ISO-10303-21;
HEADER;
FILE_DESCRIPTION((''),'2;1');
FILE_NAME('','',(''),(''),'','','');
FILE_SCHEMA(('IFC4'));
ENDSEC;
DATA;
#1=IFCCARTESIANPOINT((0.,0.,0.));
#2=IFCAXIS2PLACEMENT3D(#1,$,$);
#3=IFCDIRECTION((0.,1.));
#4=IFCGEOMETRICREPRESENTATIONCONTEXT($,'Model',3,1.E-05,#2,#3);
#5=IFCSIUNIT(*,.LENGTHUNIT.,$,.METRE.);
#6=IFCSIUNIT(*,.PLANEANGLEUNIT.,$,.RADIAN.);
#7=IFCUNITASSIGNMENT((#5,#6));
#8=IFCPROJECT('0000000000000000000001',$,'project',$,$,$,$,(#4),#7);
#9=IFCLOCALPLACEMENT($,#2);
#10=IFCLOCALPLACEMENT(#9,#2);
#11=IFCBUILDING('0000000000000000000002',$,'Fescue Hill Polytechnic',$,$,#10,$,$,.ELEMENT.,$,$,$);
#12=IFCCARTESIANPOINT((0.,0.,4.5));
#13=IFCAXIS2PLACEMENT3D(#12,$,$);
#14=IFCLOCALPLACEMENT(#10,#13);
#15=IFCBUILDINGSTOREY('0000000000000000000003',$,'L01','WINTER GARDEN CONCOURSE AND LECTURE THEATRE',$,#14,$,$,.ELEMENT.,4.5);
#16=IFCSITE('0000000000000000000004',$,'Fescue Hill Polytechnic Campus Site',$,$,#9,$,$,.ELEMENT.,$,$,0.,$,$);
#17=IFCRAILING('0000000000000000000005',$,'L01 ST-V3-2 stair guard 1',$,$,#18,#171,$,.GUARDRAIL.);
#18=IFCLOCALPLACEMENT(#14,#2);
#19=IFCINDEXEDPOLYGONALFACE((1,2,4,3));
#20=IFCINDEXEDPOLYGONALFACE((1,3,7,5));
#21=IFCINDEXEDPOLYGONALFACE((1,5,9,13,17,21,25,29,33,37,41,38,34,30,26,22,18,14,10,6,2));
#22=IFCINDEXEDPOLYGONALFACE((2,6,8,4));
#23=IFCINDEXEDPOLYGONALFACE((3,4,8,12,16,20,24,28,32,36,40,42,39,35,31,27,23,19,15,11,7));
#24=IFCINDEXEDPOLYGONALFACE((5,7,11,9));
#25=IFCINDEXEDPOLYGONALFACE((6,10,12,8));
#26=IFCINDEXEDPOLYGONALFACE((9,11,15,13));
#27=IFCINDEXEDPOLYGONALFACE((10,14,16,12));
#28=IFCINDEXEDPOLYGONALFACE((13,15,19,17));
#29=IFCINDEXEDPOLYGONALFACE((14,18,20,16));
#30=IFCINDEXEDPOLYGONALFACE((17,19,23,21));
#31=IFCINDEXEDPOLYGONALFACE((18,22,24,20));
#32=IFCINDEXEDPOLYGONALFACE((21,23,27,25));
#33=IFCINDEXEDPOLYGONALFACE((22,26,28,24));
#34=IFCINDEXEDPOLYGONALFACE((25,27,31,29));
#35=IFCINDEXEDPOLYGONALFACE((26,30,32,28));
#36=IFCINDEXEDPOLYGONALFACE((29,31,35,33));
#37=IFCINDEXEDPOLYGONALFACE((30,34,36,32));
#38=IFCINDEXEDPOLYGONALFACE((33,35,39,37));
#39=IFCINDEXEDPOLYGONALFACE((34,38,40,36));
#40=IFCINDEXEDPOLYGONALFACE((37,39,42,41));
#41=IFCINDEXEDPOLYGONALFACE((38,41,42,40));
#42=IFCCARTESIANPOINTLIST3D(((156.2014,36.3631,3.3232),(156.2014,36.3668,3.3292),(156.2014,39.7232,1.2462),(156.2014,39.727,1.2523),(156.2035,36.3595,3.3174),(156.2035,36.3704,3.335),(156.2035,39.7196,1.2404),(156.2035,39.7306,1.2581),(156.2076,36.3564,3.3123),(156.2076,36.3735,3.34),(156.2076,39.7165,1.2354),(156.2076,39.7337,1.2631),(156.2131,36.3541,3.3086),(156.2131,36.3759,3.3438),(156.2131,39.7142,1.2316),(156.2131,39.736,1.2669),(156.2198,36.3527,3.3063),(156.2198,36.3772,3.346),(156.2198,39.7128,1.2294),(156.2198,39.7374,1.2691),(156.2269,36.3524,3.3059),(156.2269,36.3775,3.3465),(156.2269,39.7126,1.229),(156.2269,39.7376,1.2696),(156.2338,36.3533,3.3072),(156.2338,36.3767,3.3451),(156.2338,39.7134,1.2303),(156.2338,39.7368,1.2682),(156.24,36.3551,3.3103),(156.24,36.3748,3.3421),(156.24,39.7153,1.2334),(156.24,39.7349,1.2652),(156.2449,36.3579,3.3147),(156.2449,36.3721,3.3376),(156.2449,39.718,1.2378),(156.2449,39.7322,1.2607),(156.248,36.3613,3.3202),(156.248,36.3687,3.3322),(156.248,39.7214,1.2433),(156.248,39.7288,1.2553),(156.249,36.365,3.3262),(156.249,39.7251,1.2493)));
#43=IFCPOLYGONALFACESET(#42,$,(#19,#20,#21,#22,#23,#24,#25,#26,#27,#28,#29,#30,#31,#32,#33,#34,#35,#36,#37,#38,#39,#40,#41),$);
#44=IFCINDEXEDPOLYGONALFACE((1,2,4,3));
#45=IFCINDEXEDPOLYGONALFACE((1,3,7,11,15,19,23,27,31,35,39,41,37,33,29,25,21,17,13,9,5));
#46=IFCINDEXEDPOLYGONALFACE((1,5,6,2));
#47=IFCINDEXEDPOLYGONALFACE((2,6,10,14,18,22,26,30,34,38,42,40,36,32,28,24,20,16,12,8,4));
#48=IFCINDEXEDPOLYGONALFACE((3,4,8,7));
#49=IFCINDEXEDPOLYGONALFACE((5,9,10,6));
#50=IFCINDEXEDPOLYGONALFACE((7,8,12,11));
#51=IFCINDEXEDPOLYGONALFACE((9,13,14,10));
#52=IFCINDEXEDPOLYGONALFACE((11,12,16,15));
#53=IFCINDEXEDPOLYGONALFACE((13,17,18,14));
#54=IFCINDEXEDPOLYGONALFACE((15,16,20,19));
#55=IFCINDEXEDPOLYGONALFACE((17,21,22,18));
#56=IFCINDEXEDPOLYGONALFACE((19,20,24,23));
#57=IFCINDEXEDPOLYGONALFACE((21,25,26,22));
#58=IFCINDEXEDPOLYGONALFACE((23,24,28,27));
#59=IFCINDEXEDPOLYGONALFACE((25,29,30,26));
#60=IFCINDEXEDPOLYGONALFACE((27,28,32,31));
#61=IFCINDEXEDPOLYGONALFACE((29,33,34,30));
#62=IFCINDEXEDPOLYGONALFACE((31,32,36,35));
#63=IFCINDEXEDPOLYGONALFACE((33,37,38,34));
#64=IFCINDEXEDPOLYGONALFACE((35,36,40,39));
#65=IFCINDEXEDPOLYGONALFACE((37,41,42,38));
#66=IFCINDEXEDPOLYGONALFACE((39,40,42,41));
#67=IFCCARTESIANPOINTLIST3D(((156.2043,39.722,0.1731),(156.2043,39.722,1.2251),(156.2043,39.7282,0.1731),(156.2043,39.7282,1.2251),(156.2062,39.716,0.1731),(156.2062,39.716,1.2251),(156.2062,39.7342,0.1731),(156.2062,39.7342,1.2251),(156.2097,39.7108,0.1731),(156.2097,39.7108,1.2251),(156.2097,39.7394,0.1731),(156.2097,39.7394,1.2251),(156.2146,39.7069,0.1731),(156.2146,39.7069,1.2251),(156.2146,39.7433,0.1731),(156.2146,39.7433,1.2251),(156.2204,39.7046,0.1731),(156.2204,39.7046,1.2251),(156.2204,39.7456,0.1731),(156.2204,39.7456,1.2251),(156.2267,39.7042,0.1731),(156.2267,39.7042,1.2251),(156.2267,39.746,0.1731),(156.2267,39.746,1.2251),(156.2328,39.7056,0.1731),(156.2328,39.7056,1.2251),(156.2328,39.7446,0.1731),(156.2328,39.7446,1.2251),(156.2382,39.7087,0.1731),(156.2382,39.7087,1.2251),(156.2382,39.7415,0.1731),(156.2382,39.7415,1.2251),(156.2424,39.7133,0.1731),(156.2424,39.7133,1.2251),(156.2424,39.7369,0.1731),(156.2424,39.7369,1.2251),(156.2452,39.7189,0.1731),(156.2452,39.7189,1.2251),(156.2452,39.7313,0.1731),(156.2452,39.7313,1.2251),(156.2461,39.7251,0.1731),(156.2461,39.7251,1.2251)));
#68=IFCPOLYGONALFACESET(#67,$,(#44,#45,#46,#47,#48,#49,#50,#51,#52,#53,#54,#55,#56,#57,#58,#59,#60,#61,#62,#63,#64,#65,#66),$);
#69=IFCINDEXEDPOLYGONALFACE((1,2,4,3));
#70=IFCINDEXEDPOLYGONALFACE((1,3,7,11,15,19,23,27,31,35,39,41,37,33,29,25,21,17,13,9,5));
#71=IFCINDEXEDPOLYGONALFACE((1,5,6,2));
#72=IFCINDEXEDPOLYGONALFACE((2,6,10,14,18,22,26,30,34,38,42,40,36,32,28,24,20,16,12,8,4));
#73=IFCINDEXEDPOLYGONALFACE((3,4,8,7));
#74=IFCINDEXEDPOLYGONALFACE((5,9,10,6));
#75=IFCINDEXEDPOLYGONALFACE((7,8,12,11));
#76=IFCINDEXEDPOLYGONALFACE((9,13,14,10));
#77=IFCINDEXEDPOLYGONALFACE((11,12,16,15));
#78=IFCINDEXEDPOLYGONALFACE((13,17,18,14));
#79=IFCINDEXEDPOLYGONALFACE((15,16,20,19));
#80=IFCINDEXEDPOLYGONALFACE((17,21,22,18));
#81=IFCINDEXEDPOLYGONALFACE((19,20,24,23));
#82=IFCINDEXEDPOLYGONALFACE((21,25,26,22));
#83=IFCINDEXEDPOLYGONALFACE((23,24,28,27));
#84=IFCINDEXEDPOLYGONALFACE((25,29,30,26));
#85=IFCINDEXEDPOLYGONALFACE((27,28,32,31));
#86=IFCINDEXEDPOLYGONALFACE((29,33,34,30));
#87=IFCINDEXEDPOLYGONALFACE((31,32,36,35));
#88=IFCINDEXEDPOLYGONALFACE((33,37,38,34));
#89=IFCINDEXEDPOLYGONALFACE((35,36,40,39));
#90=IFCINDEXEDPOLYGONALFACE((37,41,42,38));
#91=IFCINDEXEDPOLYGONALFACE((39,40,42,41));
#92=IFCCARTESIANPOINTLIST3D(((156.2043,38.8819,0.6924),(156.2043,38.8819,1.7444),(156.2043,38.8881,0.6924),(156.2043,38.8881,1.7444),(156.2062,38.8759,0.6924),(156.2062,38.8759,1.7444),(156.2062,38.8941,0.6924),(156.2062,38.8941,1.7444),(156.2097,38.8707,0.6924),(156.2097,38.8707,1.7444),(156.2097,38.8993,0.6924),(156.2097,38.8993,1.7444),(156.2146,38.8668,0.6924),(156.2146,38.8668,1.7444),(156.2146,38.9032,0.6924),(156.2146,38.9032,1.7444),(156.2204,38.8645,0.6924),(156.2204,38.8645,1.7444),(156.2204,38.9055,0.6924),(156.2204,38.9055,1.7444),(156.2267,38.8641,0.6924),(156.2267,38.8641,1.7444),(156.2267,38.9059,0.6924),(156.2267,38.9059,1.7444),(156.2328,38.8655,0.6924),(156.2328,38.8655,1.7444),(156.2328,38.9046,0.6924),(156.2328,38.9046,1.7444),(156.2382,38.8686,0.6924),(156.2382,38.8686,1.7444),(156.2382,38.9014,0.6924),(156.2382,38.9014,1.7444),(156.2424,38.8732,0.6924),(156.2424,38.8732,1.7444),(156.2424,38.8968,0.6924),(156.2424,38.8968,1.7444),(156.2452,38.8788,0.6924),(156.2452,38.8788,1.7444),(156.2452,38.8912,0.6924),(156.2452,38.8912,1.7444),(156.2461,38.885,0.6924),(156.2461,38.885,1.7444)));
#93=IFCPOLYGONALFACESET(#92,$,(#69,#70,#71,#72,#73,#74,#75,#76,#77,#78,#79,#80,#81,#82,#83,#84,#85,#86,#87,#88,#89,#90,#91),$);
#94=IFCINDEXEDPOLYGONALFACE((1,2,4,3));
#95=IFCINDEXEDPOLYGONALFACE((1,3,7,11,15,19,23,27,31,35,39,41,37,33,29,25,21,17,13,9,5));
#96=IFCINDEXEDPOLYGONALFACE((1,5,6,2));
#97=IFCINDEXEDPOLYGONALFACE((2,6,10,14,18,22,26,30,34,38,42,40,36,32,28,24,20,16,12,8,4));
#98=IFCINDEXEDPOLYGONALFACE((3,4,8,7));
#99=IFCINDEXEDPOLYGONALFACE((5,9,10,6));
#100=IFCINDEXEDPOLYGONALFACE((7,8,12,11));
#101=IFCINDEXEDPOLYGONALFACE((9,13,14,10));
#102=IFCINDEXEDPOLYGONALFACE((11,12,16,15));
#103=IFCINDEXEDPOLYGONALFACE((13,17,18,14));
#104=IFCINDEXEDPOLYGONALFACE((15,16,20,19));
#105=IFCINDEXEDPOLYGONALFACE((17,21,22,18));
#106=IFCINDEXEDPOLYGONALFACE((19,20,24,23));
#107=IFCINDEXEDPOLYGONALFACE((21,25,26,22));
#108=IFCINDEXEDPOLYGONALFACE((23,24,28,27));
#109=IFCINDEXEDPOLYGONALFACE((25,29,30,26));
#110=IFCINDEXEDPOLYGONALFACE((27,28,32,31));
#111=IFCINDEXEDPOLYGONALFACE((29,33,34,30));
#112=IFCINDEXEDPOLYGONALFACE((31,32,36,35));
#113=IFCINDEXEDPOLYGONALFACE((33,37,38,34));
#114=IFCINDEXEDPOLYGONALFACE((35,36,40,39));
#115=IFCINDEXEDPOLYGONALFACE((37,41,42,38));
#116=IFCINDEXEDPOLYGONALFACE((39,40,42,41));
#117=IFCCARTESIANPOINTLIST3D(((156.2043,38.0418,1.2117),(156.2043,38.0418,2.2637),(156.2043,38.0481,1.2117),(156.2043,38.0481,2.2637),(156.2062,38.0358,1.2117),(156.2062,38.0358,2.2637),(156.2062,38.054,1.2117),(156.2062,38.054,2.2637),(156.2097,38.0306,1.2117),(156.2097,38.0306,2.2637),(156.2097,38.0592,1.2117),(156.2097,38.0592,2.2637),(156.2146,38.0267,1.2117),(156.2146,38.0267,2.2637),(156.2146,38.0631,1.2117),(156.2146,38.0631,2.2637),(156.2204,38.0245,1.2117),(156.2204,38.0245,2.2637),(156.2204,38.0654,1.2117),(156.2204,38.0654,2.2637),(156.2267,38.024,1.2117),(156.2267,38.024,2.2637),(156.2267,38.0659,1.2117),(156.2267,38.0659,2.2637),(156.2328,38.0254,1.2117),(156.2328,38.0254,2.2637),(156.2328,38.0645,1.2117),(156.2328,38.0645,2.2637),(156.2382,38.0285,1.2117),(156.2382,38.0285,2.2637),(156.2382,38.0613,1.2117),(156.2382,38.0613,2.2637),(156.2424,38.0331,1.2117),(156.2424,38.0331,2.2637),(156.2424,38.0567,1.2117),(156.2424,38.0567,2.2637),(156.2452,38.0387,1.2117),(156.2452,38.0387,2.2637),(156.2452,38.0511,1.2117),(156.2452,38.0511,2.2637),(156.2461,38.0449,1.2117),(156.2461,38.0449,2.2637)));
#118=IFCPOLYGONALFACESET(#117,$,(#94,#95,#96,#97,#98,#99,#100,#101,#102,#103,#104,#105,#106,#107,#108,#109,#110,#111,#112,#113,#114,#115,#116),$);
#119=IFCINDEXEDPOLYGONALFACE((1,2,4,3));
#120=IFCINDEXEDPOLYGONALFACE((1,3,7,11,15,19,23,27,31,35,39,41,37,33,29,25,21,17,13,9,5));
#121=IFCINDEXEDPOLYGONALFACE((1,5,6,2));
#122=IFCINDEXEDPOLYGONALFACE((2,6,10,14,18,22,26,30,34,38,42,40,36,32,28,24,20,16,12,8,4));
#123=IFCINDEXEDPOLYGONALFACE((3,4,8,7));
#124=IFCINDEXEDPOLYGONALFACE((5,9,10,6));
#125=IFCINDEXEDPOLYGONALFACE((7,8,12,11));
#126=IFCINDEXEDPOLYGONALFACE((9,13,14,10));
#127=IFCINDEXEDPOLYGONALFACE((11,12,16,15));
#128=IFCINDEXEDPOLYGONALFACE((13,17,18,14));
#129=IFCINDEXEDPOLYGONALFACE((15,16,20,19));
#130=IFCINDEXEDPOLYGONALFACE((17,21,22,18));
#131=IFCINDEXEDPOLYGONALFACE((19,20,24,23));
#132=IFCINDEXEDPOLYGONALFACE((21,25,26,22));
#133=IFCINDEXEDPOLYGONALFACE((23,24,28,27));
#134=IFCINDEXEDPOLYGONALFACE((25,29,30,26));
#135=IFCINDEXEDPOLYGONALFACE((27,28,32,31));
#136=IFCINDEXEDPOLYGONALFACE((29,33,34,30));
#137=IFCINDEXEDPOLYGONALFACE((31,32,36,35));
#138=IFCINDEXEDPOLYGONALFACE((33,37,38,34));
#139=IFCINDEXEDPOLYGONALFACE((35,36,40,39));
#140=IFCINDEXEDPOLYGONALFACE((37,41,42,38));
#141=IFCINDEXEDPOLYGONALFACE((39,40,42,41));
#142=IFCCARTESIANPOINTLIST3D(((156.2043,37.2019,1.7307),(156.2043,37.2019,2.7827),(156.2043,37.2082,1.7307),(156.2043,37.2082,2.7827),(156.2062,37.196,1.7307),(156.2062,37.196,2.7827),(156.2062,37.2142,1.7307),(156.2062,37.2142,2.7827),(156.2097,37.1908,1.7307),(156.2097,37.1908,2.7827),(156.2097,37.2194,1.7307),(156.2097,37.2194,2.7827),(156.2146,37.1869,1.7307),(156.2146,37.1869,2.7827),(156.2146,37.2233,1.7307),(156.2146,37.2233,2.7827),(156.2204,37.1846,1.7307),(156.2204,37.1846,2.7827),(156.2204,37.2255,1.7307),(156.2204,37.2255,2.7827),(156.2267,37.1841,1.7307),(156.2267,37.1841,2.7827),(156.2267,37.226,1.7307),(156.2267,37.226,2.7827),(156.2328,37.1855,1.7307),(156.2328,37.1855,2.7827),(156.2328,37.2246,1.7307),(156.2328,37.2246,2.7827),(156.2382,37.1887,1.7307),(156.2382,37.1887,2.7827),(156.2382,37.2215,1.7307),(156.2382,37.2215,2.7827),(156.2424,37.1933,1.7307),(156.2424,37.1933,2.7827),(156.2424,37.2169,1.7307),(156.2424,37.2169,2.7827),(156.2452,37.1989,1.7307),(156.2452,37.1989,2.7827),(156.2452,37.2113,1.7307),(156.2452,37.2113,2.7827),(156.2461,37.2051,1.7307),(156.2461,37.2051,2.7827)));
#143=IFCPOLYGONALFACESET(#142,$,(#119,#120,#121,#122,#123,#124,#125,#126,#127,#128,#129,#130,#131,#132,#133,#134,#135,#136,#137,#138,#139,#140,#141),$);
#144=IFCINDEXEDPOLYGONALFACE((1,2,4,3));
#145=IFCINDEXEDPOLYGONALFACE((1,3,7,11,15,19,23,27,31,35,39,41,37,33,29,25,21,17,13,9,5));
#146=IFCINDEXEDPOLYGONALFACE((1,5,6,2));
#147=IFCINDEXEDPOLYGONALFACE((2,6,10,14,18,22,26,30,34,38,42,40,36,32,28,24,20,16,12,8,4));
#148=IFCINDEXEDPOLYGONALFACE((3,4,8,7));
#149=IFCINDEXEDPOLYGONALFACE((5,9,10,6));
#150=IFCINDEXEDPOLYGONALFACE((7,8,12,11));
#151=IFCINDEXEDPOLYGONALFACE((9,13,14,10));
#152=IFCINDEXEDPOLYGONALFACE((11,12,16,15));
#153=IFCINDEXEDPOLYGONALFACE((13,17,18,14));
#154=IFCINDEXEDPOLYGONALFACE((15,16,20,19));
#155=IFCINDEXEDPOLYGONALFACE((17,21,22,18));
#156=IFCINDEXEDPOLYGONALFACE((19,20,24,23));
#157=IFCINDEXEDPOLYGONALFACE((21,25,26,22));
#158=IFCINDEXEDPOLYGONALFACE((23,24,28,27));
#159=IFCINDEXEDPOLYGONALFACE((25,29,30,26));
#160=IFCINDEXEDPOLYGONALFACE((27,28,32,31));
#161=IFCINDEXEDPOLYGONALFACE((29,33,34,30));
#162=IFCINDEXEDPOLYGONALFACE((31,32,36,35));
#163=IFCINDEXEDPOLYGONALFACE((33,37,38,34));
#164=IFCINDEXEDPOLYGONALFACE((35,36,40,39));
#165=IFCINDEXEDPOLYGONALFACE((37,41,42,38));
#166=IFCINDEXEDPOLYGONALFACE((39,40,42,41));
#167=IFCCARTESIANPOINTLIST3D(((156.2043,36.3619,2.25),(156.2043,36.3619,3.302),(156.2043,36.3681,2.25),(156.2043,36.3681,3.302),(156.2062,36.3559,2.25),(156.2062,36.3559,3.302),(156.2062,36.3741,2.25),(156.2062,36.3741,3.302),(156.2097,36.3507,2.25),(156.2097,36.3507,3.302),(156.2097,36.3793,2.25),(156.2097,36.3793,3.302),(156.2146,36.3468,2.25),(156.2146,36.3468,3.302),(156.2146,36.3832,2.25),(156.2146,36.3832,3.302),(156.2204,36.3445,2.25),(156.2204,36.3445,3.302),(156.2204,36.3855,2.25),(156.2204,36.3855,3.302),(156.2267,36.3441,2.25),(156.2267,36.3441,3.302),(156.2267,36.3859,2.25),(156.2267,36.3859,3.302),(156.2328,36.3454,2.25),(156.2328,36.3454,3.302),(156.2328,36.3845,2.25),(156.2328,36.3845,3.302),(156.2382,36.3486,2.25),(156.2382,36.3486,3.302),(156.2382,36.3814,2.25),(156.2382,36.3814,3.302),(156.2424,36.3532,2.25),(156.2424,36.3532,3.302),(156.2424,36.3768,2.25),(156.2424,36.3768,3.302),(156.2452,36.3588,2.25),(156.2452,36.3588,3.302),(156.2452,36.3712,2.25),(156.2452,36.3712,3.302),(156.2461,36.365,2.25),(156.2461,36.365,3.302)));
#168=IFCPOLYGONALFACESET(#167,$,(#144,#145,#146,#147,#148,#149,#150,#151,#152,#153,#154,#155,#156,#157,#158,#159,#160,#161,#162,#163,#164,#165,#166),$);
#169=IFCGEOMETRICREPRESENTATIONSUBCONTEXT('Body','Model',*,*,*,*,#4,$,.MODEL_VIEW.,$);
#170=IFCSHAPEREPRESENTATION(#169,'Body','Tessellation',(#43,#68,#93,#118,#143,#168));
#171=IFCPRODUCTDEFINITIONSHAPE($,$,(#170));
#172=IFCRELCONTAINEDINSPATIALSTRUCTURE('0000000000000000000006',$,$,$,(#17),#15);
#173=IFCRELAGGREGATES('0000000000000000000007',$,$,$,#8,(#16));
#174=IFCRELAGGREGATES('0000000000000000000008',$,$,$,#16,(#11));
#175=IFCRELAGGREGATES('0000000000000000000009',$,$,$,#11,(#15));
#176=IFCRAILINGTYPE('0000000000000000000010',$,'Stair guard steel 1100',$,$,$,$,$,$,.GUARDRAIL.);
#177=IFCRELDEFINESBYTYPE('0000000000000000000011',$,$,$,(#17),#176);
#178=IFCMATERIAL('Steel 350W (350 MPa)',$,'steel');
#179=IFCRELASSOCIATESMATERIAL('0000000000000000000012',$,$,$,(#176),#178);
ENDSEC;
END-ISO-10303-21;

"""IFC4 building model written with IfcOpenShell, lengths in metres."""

from ifc_helpers import new_model, si_unit, direction, frame, origin, origin_2d, place, context, subcontext, project, spatial, circle, extrude, material, type_object, element, save


model = new_model("IFC4")

# Units and contexts
model_context = context("Model", 3, precision=1e-05, world=origin(), true_north=direction((0.0, 1.0)))
body_context = subcontext(model_context, "Body", "Model", "MODEL_VIEW")
ifc_project = project(units=[si_unit("LENGTHUNIT", "METRE"), si_unit("PLANEANGLEUNIT", "RADIAN")], contexts=[model_context])

# Site, building, storey
site_placement = place(None, origin())
site = spatial("IfcSite", under=ifc_project, at=site_placement, Name="Fescue Hill Polytechnic Campus Site", CompositionType="ELEMENT", RefElevation=0.0)
building_placement = place(site_placement, origin())
building = spatial("IfcBuilding", under=site, at=building_placement, Name="Fescue Hill Polytechnic", CompositionType="ELEMENT")
storey_placement = place(building_placement, frame((0.0, 0.0, 4.5)))
storey = spatial("IfcBuildingStorey", under=building, at=storey_placement, Name="L01", Description="WINTER GARDEN CONCOURSE AND LECTURE THEATRE", CompositionType="ELEMENT", Elevation=4.5)

# Railing
ifc_material_1 = material(Name="Steel 350W (350 MPa)", Category="steel")
railing_type_1 = type_object("IfcRailingType", Name="Stair guard steel 1100", PredefinedType="GUARDRAIL", material=ifc_material_1)
railing_1_placement = place(storey_placement, frame((156.2251, 39.7251, 0.1731)))
element("IfcRailing", 1, at=railing_1_placement, inside=storey, type_object=railing_type_1, Name="L01 ST-V3-2 stair guard 1", PredefinedType="GUARDRAIL", context=body_context, shape_type="SweptSolid", body=[
    extrude(circle(Radius=0.0239, at=origin_2d()), frame((0.0, 0.0, 1.0762), z_axis=(0.0, -0.850623, 0.525776), x_axis=(1.0, 0.0, 0.0)), (0.0, 0.0, 1.0), 3.9502),
    extrude(circle(Radius=0.021, at=origin_2d()), origin(), (0.0, 0.0, 1.0), 1.052),
    extrude(circle(Radius=0.021, at=origin_2d()), frame((0.0, -0.8401, 0.5193)), (0.0, 0.0, 1.0), 1.052),
    extrude(circle(Radius=0.021, at=origin_2d()), frame((0.0, -1.6802, 1.0386)), (0.0, 0.0, 1.0), 1.052),
    extrude(circle(Radius=0.021, at=origin_2d()), frame((0.0, -2.52, 1.5576)), (0.0, 0.0, 1.0), 1.052),
    extrude(circle(Radius=0.021, at=origin_2d()), frame((0.0, -3.3601, 2.0769)), (0.0, 0.0, 1.0), 1.052),
])

save(model, "model.ifc")
